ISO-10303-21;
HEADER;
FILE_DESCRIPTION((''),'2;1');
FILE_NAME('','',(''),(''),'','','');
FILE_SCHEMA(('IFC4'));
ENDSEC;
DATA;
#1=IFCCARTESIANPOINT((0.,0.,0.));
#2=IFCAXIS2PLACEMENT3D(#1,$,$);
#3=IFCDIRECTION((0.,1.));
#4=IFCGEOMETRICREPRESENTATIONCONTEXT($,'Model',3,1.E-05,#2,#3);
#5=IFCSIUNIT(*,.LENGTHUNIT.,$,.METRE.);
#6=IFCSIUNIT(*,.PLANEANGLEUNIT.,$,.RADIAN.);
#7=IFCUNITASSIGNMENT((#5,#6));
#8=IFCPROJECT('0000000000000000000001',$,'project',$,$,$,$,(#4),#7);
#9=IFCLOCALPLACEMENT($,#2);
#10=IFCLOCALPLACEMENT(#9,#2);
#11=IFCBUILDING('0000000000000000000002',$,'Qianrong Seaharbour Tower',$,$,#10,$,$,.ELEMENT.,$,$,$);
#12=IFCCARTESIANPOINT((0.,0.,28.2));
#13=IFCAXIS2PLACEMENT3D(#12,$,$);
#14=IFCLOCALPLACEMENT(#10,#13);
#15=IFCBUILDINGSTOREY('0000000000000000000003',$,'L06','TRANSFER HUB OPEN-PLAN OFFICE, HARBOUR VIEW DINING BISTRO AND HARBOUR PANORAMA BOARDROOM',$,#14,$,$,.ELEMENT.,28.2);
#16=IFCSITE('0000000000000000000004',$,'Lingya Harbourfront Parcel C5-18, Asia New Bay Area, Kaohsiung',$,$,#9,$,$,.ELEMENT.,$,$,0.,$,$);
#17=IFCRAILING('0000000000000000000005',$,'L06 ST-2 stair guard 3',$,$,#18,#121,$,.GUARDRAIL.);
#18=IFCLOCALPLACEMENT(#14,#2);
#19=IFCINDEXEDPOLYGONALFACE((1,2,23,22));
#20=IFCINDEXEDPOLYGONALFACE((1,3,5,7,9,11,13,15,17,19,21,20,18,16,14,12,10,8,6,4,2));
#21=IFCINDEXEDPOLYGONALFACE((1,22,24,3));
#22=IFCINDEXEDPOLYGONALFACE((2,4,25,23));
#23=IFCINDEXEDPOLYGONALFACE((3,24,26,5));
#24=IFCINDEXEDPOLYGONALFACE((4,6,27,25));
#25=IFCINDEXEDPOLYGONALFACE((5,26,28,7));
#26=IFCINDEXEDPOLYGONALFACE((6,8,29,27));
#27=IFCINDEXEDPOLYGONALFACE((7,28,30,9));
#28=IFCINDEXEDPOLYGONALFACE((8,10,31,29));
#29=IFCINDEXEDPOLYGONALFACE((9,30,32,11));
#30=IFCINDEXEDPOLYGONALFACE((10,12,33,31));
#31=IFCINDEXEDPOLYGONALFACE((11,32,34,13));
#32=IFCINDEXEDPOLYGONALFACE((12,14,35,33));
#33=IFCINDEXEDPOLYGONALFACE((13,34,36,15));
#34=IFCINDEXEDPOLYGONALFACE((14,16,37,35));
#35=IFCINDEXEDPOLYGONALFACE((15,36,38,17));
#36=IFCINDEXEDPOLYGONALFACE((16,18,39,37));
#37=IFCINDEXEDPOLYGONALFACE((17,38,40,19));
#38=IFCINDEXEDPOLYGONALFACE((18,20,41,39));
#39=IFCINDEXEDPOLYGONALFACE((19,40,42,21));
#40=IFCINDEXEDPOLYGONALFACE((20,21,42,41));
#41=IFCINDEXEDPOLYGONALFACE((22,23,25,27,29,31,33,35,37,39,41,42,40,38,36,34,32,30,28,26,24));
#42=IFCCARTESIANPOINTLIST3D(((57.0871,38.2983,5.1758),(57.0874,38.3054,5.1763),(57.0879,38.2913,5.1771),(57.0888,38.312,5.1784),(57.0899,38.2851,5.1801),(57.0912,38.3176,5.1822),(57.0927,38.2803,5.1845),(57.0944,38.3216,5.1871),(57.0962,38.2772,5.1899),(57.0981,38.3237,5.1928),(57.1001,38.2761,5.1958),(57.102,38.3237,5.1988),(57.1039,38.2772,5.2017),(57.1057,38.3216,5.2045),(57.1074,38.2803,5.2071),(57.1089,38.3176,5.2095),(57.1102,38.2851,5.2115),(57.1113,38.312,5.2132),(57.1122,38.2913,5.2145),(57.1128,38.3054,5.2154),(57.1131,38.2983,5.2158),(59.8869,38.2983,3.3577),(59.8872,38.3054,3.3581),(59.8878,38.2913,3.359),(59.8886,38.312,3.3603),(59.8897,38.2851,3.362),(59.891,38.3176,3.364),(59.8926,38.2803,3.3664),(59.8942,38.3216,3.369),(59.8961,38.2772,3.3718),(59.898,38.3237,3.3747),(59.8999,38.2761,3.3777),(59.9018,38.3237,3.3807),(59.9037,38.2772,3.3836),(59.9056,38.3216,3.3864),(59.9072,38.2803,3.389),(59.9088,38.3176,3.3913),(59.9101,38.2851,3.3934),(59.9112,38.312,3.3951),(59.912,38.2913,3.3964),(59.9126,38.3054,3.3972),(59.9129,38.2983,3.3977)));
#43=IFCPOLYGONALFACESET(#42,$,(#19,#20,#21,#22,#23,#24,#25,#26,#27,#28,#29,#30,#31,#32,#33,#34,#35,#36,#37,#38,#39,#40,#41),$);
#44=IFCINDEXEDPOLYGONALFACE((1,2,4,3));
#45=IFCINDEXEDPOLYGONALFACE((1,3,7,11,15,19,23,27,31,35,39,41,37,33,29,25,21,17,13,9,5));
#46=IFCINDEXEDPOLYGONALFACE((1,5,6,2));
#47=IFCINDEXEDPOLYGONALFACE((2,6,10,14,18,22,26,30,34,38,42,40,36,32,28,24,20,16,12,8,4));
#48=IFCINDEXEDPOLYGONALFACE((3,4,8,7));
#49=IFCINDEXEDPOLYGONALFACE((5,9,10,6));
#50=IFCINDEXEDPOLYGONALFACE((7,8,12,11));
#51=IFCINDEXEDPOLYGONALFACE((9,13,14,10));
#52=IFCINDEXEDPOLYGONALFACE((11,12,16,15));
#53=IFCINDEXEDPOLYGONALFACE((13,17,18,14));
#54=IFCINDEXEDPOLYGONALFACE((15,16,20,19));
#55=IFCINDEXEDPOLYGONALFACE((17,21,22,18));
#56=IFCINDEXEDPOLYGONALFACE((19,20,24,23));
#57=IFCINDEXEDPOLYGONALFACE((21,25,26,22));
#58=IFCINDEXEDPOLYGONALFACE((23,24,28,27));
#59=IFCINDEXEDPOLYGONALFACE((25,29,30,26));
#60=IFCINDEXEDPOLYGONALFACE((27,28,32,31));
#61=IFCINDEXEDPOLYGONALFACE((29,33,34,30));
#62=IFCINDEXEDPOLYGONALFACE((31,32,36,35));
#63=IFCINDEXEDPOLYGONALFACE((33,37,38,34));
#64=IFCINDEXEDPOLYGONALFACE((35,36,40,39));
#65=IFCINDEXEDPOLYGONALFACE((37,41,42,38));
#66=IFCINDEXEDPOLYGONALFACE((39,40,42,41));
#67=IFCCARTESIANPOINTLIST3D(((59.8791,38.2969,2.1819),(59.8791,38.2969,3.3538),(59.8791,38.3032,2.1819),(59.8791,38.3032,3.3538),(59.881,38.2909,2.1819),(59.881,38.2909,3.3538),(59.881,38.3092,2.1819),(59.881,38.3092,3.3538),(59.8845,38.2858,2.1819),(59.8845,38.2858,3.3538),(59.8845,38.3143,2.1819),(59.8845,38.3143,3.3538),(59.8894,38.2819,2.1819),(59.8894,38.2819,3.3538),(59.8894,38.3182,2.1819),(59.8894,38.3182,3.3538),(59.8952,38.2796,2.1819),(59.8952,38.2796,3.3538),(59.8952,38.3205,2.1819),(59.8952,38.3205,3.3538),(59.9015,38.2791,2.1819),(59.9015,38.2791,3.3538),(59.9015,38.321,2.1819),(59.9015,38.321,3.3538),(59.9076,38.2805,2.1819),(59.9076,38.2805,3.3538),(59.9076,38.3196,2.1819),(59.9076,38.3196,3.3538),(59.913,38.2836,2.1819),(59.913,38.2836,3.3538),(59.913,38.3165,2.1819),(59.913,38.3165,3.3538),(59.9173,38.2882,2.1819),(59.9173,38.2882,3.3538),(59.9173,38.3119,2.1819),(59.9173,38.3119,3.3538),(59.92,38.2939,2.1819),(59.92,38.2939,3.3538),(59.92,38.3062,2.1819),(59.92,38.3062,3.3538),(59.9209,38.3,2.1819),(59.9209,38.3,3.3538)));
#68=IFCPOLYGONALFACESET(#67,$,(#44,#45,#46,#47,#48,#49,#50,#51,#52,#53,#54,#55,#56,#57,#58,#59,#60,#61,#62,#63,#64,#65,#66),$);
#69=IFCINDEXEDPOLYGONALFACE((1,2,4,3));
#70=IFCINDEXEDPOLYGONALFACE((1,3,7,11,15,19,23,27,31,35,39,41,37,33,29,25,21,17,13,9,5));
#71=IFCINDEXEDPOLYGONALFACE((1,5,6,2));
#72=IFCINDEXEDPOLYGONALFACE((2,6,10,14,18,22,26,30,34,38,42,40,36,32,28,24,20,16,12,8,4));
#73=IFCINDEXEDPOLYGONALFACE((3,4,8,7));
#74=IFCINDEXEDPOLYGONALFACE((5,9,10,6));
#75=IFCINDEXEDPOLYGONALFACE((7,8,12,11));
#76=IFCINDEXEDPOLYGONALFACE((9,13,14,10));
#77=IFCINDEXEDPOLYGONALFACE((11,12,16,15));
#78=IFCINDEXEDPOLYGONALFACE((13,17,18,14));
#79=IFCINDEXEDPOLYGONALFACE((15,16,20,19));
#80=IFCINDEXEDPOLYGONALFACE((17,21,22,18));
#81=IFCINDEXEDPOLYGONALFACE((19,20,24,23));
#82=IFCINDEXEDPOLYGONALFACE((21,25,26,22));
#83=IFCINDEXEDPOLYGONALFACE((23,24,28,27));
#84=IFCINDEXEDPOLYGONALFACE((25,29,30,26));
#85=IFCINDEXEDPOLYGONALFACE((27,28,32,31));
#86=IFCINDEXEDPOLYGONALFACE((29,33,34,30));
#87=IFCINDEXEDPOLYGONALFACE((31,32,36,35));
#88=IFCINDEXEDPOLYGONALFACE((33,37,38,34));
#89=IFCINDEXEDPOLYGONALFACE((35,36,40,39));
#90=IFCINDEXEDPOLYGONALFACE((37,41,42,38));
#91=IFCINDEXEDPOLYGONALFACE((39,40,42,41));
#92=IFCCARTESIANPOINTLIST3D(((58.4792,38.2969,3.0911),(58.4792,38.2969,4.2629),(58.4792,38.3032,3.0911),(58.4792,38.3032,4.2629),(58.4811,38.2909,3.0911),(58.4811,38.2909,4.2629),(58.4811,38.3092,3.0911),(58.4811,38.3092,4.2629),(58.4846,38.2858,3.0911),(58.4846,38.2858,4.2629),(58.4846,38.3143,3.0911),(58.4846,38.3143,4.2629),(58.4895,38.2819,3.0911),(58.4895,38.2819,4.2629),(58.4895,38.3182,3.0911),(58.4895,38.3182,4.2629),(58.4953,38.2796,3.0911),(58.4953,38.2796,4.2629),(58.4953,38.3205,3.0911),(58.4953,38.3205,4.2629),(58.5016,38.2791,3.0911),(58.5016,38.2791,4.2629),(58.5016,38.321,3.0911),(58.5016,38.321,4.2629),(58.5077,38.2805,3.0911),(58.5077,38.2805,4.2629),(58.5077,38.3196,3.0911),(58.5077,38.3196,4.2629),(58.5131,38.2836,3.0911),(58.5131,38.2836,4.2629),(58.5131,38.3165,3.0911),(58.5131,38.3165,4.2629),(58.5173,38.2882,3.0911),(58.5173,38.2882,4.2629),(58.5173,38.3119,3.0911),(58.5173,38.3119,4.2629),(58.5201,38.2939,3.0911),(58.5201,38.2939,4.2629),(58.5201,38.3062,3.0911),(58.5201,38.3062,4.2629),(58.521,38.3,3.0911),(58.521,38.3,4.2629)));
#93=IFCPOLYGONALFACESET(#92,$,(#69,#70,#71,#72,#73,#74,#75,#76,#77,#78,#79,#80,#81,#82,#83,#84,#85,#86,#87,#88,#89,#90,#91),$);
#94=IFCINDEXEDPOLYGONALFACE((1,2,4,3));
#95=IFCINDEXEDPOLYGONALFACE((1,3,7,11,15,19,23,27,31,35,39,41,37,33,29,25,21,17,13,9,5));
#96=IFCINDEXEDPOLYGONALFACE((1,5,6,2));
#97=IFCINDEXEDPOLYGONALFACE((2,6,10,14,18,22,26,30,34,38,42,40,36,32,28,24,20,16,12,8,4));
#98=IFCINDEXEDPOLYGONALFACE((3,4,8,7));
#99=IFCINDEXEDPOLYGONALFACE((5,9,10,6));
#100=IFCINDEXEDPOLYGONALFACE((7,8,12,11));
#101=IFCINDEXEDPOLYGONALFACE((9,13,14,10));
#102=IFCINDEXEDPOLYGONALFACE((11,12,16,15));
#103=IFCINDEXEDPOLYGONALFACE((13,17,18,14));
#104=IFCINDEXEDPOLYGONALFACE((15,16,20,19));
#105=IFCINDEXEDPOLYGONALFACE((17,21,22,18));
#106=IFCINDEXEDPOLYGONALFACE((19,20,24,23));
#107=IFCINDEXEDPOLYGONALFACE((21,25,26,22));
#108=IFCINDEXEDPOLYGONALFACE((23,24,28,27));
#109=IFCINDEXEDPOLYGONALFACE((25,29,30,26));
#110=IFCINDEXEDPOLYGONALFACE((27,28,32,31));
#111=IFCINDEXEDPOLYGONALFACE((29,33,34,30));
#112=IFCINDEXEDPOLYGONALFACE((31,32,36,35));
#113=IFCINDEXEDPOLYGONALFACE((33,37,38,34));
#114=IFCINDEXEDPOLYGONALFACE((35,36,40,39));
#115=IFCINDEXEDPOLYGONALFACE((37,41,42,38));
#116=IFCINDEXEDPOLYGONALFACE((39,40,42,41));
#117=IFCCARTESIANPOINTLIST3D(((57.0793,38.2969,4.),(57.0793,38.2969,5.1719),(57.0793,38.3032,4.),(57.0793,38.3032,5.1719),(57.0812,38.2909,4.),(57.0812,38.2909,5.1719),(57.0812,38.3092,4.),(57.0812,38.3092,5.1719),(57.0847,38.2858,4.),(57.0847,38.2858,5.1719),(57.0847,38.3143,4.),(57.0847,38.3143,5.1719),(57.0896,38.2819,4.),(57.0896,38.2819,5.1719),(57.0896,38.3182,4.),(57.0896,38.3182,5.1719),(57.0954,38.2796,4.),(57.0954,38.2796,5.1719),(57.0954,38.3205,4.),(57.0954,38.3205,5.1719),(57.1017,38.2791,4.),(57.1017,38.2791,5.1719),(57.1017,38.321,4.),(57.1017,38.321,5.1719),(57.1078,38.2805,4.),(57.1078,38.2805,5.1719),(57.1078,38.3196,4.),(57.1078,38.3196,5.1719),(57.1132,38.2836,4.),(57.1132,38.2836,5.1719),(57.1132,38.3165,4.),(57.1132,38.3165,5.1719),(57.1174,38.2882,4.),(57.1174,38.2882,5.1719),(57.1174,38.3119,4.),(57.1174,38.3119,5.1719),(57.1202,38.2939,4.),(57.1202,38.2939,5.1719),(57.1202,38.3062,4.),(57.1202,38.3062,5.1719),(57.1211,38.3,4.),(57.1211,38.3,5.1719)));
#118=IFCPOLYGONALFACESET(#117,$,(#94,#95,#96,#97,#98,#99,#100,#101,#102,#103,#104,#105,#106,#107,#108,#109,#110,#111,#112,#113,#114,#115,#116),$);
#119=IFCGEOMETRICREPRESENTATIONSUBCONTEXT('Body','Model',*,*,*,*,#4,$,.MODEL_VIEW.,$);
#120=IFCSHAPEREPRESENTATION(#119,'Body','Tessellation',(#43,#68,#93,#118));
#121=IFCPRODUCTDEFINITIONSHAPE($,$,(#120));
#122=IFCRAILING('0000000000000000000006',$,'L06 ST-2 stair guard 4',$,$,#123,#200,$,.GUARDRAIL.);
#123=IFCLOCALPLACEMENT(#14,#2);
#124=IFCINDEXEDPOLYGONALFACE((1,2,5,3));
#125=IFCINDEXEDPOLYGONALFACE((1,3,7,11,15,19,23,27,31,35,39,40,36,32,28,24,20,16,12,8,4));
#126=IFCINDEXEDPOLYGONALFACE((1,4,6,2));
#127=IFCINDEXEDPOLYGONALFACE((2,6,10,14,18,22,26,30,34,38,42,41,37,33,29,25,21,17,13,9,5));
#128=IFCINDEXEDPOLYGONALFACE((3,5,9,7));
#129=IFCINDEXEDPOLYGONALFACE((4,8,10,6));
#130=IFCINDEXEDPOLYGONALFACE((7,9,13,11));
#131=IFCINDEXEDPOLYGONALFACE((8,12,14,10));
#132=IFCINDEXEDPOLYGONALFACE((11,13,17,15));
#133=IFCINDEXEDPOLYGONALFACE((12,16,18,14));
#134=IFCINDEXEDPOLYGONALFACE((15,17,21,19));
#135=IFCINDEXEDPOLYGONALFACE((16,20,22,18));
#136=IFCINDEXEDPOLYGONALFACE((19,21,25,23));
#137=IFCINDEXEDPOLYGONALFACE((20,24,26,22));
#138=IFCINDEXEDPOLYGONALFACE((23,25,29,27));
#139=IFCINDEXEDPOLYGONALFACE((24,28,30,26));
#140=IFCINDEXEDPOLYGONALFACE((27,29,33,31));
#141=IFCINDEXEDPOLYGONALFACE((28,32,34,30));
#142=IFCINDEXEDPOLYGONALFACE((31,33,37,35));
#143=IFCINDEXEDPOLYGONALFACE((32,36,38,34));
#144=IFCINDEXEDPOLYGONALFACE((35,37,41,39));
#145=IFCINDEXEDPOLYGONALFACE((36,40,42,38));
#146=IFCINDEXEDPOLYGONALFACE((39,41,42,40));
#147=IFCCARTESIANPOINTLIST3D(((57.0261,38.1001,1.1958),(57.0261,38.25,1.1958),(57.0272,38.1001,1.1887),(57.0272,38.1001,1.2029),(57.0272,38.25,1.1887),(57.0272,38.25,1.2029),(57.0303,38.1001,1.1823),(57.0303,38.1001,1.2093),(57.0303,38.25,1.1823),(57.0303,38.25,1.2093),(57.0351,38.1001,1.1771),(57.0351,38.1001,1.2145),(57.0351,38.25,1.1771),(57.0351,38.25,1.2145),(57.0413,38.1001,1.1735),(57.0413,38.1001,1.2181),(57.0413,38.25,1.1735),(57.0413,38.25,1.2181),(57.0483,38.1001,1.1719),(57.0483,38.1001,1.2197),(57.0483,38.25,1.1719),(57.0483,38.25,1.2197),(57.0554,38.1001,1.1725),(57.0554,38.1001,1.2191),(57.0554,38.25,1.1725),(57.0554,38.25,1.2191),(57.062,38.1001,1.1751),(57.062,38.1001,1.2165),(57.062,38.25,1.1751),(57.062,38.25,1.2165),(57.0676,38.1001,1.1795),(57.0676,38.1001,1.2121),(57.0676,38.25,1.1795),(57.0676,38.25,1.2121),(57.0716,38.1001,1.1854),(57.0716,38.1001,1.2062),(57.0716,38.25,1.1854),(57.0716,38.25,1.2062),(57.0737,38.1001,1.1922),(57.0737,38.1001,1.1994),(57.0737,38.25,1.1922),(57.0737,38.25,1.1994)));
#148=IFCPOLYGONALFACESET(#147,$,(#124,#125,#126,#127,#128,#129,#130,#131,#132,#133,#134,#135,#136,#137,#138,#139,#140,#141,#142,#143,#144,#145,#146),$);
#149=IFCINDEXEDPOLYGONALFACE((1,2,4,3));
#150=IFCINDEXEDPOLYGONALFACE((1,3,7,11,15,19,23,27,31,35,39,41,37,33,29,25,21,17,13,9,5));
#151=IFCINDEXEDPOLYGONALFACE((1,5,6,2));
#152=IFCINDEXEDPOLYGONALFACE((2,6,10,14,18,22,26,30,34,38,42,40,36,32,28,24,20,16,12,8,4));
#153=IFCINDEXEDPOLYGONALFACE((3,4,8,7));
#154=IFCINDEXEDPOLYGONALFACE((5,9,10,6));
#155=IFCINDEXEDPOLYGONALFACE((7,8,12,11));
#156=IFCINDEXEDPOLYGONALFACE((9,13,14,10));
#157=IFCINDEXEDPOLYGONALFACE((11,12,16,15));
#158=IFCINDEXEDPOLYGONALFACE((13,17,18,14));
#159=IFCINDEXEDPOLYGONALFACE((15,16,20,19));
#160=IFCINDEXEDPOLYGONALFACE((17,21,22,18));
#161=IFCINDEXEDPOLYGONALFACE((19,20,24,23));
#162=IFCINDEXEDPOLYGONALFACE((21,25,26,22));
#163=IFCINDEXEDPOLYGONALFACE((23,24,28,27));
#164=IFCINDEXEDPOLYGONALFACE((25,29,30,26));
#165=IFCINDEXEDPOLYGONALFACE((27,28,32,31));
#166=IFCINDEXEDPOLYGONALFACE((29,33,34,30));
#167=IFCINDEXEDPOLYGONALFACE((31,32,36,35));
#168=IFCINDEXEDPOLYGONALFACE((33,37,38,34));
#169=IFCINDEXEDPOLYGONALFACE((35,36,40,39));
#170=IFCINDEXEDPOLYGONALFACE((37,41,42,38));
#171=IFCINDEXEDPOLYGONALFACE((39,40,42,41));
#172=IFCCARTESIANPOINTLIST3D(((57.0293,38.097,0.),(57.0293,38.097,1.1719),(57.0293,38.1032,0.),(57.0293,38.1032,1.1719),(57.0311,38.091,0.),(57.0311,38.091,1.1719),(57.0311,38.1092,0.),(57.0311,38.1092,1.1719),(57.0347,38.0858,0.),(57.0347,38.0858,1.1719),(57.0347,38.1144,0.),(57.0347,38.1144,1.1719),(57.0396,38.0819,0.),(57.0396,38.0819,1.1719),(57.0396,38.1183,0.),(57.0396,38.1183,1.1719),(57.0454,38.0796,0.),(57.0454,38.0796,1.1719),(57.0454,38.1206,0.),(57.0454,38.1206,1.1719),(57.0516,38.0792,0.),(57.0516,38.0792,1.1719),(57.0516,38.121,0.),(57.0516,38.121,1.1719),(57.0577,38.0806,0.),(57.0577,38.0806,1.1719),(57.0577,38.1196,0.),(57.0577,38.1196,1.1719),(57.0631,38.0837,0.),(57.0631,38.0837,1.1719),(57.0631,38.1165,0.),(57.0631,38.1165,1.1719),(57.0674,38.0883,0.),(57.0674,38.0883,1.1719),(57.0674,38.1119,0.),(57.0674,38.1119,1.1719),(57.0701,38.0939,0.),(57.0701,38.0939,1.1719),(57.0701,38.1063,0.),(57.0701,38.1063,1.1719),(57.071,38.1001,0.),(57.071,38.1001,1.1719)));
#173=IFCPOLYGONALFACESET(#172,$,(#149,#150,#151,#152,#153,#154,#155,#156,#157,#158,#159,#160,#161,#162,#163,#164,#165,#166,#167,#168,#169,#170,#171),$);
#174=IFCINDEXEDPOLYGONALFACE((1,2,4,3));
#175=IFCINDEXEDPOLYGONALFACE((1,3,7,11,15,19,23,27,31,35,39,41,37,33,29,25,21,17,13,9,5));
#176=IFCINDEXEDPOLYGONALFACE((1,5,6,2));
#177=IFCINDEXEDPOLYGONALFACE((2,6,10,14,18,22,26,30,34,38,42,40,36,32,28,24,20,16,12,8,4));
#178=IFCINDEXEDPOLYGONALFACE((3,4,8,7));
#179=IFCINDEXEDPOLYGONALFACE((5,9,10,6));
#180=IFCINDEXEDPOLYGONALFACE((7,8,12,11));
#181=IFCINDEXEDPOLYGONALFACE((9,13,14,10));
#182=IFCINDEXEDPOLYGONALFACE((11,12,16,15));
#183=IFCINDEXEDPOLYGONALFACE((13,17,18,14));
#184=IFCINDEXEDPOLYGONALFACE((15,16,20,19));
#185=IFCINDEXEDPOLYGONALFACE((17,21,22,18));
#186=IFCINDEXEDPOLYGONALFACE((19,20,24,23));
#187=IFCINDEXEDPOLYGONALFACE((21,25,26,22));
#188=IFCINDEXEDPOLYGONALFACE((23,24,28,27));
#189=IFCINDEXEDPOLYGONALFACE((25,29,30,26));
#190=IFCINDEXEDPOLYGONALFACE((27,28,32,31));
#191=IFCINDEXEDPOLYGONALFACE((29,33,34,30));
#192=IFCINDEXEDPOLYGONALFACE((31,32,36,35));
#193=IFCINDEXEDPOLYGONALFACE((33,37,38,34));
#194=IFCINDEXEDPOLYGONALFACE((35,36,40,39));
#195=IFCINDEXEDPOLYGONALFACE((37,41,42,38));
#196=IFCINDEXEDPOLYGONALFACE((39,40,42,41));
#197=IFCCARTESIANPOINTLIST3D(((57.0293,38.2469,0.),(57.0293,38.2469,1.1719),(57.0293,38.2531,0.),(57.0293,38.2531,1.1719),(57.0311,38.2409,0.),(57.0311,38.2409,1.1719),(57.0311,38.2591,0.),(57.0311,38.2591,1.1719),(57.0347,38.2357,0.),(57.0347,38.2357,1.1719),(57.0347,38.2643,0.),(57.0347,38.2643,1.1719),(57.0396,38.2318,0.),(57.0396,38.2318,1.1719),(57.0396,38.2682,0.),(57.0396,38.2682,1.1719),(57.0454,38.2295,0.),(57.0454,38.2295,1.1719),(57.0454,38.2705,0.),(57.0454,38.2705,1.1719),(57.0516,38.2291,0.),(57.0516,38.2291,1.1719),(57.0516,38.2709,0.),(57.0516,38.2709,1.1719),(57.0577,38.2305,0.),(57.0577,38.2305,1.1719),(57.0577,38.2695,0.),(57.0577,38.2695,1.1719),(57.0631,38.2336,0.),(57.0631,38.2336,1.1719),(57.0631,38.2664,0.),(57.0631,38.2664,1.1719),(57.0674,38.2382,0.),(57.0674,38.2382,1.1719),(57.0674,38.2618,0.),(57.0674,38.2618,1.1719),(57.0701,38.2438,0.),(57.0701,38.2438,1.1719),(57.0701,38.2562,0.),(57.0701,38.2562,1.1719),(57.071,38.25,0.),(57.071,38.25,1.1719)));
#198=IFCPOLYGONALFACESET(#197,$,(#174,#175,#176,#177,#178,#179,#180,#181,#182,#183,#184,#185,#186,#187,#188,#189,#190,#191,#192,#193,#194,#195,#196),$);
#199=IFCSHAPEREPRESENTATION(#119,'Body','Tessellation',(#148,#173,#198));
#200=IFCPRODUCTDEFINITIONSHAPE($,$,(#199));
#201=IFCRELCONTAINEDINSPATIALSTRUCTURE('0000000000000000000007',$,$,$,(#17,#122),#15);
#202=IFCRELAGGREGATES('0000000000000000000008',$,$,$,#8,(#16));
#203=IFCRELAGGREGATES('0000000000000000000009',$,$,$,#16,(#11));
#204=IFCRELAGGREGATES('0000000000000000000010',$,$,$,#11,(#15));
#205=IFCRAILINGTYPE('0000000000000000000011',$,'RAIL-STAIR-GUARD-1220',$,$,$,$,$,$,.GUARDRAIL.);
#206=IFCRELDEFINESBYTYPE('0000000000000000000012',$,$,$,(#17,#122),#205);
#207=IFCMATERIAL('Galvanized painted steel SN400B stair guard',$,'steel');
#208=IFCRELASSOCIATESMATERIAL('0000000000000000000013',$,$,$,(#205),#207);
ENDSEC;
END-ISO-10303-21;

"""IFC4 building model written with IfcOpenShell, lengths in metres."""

from ifc_helpers import new_model, si_unit, direction, frame, origin, origin_2d, place, context, subcontext, project, spatial, circle, extrude, material, type_object, element, save


model = new_model("IFC4")

# Units and contexts
model_context = context("Model", 3, precision=1e-05, world=origin(), true_north=direction((0.0, 1.0)))
body_context = subcontext(model_context, "Body", "Model", "MODEL_VIEW")
ifc_project = project(units=[si_unit("LENGTHUNIT", "METRE"), si_unit("PLANEANGLEUNIT", "RADIAN")], contexts=[model_context])

# Site, building, storey
site_placement = place(None, origin())
site = spatial("IfcSite", under=ifc_project, at=site_placement, Name="Lingya Harbourfront Parcel C5-18, Asia New Bay Area, Kaohsiung", CompositionType="ELEMENT", RefElevation=0.0)
building_placement = place(site_placement, origin())
building = spatial("IfcBuilding", under=site, at=building_placement, Name="Qianrong Seaharbour Tower", CompositionType="ELEMENT")
storey_placement = place(building_placement, frame((0.0, 0.0, 28.2)))
storey = spatial("IfcBuildingStorey", under=building, at=storey_placement, Name="L06", Description="TRANSFER HUB OPEN-PLAN OFFICE, HARBOUR VIEW DINING BISTRO AND HARBOUR PANORAMA BOARDROOM", CompositionType="ELEMENT", Elevation=28.2)

# Railings
ifc_material_1 = material(Name="Galvanized painted steel SN400B stair guard", Category="steel")
railing_type_1 = type_object("IfcRailingType", Name="RAIL-STAIR-GUARD-1220", PredefinedType="GUARDRAIL", material=ifc_material_1)
railing_1_placement = place(storey_placement, frame((59.8999, 38.3, 2.1819)))
element("IfcRailing", 1, at=railing_1_placement, inside=storey, type_object=railing_type_1, Name="L06 ST-2 stair guard 3", PredefinedType="GUARDRAIL", context=body_context, shape_type="SweptSolid", body=[
    extrude(circle(Radius=0.0239, at=origin_2d()), frame((0.0, 0.0, 1.1958), z_axis=(-0.838684, 0.0, 0.544618), x_axis=(0.0, -1.0, 0.0)), (0.0, 0.0, 1.0), 3.3384),
    extrude(circle(Radius=0.021, at=origin_2d()), origin(), (0.0, 0.0, 1.0), 1.1719),
    extrude(circle(Radius=0.021, at=origin_2d()), frame((-1.3999, 0.0, 0.9092)), (0.0, 0.0, 1.0), 1.1719),
    extrude(circle(Radius=0.021, at=origin_2d()), frame((-2.7998, 0.0, 1.8181)), (0.0, 0.0, 1.0), 1.1719),
])
railing_2_placement = place(storey_placement, frame((57.05, 38.1001, 0.0)))
element("IfcRailing", 2, at=railing_2_placement, inside=storey, type_object=railing_type_1, Name="L06 ST-2 stair guard 4", PredefinedType="GUARDRAIL", context=body_context, shape_type="SweptSolid", body=[
    extrude(circle(Radius=0.0239, at=origin_2d()), frame((0.0, 0.0, 1.1958), z_axis=(0.0, 1.0, 0.0), x_axis=(-1.0, 0.0, 0.0)), (0.0, 0.0, 1.0), 0.1499),
    extrude(circle(Radius=0.021, at=origin_2d()), origin(), (0.0, 0.0, 1.0), 1.1719),
    extrude(circle(Radius=0.021, at=origin_2d()), frame((0.0, 0.1499, 0.0)), (0.0, 0.0, 1.0), 1.1719),
])

save(model, "model.ifc")
